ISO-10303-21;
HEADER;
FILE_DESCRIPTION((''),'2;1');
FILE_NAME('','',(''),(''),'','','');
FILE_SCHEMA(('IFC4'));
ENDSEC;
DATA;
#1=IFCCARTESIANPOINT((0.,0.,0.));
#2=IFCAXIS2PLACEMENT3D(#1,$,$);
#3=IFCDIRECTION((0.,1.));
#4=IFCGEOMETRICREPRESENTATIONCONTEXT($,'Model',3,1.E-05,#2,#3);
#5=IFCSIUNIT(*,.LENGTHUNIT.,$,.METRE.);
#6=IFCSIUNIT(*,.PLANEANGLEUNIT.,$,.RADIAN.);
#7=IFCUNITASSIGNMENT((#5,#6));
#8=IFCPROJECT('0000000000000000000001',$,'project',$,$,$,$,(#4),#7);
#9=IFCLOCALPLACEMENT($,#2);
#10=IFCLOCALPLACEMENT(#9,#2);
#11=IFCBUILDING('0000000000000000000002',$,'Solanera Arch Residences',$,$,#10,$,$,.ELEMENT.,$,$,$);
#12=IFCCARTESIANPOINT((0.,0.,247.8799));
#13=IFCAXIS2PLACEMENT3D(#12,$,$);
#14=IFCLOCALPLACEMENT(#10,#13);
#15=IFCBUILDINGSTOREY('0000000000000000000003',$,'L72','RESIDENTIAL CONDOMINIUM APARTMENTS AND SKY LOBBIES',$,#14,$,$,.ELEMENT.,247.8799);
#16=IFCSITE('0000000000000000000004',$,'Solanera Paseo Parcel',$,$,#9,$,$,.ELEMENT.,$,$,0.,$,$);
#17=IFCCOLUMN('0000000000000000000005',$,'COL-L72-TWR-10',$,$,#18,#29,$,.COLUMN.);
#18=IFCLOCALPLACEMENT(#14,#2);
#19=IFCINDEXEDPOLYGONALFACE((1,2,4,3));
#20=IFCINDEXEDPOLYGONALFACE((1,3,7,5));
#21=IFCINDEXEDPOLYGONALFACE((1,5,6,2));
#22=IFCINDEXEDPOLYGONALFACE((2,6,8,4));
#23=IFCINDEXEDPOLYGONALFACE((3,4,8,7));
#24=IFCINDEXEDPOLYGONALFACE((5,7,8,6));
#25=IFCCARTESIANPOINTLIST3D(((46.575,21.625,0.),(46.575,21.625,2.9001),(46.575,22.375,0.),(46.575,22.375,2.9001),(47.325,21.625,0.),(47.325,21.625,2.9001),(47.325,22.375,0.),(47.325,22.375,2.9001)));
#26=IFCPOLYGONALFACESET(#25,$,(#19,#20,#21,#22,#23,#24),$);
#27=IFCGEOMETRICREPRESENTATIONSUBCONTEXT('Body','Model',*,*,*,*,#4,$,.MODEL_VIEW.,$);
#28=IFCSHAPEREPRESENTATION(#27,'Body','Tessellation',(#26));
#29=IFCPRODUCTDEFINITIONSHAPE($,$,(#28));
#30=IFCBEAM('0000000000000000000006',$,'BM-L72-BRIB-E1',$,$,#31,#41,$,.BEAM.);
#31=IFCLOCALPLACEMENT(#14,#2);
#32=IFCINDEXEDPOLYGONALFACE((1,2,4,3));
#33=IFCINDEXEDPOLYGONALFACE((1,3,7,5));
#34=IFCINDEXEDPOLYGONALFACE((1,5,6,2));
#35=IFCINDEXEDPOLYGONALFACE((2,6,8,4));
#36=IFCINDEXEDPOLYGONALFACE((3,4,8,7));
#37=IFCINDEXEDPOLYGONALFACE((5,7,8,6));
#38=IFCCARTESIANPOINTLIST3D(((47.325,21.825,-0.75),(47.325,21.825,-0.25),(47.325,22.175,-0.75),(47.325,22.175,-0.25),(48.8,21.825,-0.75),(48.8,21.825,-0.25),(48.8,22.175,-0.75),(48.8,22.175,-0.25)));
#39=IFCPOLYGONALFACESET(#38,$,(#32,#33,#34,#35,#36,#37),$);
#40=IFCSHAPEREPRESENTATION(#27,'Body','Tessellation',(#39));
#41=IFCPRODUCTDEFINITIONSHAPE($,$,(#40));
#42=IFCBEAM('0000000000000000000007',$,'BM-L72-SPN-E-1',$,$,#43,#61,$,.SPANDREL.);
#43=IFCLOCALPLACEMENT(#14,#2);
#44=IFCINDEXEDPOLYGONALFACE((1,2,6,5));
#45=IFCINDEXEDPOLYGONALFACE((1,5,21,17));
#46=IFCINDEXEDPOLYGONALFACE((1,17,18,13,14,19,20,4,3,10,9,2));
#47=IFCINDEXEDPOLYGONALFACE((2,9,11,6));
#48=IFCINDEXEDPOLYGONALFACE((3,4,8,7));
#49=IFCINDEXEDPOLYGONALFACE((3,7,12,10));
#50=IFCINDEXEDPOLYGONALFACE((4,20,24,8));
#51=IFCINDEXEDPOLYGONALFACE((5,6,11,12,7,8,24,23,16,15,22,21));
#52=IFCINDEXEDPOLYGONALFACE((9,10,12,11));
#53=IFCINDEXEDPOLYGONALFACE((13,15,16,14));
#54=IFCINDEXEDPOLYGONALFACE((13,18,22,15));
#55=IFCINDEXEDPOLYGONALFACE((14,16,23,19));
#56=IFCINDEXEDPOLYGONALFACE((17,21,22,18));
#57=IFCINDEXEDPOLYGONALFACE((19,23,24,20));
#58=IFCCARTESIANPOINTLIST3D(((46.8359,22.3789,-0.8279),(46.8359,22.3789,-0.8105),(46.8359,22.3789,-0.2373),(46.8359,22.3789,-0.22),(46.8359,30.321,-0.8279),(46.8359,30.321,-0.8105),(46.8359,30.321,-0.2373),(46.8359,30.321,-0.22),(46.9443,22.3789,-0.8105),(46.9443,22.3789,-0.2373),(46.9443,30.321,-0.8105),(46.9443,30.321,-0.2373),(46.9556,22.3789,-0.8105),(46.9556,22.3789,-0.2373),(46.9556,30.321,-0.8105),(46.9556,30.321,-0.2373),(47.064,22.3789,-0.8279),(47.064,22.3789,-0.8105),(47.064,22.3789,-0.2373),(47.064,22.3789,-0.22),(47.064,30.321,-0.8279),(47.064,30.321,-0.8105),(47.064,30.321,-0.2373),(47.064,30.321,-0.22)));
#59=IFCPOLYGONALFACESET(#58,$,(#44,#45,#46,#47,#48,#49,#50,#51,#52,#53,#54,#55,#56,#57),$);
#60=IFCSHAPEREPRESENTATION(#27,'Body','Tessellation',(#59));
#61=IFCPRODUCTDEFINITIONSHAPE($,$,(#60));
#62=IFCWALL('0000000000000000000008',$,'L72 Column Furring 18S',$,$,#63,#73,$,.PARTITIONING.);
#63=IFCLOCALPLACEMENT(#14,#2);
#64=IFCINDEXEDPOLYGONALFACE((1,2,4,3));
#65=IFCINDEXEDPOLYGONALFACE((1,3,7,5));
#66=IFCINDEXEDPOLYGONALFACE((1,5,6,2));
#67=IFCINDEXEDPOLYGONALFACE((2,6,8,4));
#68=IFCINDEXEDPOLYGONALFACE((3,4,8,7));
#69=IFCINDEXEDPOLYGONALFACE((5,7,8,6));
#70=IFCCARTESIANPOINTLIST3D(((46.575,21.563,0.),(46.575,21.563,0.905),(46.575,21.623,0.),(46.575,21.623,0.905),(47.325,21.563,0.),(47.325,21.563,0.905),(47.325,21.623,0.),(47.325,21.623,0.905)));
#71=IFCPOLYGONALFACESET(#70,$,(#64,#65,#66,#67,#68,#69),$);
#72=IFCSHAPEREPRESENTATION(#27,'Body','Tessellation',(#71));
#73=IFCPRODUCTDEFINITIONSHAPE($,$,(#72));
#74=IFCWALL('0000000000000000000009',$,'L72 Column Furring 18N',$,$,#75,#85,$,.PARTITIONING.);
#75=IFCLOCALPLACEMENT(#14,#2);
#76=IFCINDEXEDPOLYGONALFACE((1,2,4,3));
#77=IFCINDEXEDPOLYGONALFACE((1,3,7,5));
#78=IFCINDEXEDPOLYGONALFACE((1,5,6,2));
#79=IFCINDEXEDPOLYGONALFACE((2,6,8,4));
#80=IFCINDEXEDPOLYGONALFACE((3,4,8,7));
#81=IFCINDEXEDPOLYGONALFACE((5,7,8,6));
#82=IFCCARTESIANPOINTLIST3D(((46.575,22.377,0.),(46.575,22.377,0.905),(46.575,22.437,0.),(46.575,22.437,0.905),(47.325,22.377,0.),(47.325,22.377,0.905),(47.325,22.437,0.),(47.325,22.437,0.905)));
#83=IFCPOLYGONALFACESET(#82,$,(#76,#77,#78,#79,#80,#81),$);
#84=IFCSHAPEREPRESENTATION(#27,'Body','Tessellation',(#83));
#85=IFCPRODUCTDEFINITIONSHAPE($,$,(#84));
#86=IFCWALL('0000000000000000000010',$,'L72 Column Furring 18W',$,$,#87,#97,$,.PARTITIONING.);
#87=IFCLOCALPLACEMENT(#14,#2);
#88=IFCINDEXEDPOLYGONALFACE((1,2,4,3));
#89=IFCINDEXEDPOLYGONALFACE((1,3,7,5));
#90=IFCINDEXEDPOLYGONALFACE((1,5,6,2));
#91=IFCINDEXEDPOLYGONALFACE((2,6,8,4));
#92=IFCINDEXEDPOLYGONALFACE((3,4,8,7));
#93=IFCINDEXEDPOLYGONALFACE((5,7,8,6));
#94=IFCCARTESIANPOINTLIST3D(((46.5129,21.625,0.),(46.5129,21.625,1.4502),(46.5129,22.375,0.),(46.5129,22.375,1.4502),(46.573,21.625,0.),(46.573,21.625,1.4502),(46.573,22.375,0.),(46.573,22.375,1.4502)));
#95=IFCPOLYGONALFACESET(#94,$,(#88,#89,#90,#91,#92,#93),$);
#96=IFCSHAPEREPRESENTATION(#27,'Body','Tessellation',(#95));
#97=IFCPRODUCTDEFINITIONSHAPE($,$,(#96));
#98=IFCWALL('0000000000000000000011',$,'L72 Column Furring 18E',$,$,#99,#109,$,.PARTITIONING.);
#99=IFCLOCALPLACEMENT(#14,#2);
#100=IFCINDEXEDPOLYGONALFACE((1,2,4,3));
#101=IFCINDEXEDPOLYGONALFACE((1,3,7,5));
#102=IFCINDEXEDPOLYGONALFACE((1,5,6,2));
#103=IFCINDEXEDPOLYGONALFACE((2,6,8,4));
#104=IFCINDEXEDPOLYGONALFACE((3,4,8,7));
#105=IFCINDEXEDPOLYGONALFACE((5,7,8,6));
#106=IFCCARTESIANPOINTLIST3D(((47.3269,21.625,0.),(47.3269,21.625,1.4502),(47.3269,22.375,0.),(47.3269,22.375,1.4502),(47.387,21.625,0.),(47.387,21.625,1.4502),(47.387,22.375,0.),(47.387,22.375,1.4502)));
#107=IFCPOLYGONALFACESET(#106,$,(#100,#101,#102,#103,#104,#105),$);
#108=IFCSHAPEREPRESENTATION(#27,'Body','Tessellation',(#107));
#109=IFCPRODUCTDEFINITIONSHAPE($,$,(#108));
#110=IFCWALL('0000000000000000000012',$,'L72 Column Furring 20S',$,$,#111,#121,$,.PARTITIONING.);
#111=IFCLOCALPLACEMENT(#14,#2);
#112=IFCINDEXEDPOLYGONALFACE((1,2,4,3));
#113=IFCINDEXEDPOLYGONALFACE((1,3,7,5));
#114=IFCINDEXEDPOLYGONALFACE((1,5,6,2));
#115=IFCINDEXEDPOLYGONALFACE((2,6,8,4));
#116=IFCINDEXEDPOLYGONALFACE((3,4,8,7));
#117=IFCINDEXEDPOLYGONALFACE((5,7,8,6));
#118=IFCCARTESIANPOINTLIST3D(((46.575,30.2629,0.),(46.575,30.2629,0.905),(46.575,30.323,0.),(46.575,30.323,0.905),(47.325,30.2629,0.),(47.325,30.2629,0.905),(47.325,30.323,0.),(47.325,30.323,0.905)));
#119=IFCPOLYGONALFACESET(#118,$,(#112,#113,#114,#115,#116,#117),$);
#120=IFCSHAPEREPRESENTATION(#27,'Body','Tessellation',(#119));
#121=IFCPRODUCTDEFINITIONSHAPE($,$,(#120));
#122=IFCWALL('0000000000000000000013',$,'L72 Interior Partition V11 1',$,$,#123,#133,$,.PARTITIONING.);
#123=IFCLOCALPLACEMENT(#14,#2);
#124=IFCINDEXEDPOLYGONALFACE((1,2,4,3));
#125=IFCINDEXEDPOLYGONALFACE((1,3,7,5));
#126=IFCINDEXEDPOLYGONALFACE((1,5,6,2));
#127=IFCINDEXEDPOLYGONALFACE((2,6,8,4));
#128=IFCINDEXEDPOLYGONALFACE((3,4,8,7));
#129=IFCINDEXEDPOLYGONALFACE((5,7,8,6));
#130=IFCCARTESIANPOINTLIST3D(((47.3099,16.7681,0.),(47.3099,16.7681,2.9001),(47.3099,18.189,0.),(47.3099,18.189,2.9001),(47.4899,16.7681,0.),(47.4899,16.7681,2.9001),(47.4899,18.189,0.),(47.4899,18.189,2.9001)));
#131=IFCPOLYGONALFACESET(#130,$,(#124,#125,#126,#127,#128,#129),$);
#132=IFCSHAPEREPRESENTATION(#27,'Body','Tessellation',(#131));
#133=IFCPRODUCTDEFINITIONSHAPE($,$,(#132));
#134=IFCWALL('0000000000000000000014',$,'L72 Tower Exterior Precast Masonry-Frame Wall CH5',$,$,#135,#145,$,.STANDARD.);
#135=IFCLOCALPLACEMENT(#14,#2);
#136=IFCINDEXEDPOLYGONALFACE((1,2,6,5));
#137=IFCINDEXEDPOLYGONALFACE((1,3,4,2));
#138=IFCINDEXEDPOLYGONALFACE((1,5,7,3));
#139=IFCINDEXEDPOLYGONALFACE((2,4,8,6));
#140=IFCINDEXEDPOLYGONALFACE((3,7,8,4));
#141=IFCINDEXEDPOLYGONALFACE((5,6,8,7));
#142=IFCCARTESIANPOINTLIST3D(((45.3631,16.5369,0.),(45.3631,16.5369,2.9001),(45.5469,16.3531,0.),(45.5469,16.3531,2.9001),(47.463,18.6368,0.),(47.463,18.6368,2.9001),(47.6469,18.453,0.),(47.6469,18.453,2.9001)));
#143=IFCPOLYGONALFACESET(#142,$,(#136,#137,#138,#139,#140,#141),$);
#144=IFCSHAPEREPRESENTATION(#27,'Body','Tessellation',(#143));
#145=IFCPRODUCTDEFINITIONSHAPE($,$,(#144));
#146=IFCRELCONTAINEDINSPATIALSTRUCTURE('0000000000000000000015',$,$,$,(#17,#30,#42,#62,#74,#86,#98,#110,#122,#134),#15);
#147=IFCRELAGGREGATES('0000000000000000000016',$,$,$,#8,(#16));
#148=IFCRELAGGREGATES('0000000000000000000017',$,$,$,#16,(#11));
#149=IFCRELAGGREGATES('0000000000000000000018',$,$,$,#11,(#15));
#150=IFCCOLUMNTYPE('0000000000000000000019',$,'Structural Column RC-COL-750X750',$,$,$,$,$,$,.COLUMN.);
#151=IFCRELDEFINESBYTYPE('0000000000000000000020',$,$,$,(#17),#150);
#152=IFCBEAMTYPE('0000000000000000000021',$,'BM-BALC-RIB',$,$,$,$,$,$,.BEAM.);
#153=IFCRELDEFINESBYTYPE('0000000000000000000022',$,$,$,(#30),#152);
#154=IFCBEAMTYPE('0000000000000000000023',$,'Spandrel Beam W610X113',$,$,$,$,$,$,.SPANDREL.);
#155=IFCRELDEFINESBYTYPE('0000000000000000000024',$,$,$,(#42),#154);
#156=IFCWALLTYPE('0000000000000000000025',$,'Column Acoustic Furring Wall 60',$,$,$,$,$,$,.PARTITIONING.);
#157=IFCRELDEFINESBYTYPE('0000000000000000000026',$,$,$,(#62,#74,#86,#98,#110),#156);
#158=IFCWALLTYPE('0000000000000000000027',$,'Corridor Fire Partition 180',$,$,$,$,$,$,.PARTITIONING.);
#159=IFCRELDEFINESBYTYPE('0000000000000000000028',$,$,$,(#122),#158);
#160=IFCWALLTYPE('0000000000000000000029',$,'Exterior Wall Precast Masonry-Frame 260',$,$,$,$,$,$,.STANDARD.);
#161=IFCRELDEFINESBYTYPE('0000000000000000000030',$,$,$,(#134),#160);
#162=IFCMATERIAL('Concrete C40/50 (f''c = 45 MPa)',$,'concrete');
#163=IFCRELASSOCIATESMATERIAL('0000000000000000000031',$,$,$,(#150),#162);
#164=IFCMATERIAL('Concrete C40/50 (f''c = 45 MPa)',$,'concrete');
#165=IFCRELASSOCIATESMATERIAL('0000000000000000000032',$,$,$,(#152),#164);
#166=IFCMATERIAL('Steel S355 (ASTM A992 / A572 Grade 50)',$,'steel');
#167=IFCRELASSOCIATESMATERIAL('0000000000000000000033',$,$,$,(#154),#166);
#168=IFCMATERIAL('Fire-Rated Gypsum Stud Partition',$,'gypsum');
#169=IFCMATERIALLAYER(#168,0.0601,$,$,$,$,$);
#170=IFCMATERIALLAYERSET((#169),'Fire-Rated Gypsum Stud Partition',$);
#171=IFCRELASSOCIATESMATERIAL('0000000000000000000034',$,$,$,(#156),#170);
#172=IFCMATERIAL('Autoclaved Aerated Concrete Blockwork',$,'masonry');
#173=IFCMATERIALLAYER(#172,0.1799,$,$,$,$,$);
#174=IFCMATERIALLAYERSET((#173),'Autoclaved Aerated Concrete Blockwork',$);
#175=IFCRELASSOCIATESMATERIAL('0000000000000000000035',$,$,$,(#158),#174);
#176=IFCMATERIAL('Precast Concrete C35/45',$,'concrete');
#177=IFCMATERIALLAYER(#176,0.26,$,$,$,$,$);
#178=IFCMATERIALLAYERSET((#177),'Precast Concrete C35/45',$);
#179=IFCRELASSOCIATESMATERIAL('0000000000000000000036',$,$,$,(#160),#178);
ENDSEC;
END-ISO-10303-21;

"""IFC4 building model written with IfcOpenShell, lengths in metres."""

from ifc_helpers import new_model, si_unit, direction, frame, frame_2d, origin, origin_2d, place, context, subcontext, project, spatial, rectangle, i_section, extrude, material, layer, layer_set, material_profile, profile_set, type_object, element, save


model = new_model("IFC4")

# Units and contexts
model_context = context("Model", 3, precision=1e-05, world=origin(), true_north=direction((0.0, 1.0)))
body_context = subcontext(model_context, "Body", "Model", "MODEL_VIEW")
ifc_project = project(units=[si_unit("LENGTHUNIT", "METRE"), si_unit("PLANEANGLEUNIT", "RADIAN")], contexts=[model_context])

# Site, building, storey
site_placement = place(None, origin())
site = spatial("IfcSite", under=ifc_project, at=site_placement, Name="Solanera Paseo Parcel", CompositionType="ELEMENT", RefElevation=0.0)
building_placement = place(site_placement, origin())
building = spatial("IfcBuilding", under=site, at=building_placement, Name="Solanera Arch Residences", CompositionType="ELEMENT")
storey_placement = place(building_placement, frame((0.0, 0.0, 247.8799)))
storey = spatial("IfcBuildingStorey", under=building, at=storey_placement, Name="L72", Description="RESIDENTIAL CONDOMINIUM APARTMENTS AND SKY LOBBIES", CompositionType="ELEMENT", Elevation=247.8799)

# Column
ifc_material_1 = material(Name="Concrete C40/50 (f'c = 45 MPa)", Category="concrete")
ifc_material_profile_1 = material_profile(ifc_material_1, rectangle(XDim=0.75, YDim=0.75, at=origin_2d()))
ifc_profile_set_1 = profile_set([ifc_material_profile_1], Name="Concrete C40/50 (f'c = 45 MPa)")
column_type = type_object("IfcColumnType", Name="Structural Column RC-COL-750X750", PredefinedType="COLUMN", material=ifc_profile_set_1)
column_placement = place(storey_placement, frame((46.95, 22.0, 0.0), z_axis=(0.0, 0.0, 1.0), x_axis=(1.0, 0.0, 0.0)))
element("IfcColumn", 1, at=column_placement, inside=storey, type_object=column_type, Name="COL-L72-TWR-10", PredefinedType="COLUMN", context=body_context, shape_type="SweptSolid", body=[
    extrude(rectangle(XDim=0.75, YDim=0.75, at=origin_2d()), origin(), (0.0, 0.0, 1.0), 2.9001),
])

# Beams
ifc_material_2 = material(Name="Concrete C40/50 (f'c = 45 MPa)", Category="concrete")
ifc_material_profile_2 = material_profile(ifc_material_2, rectangle(XDim=0.3501, YDim=0.5, at=origin_2d()))
ifc_profile_set_2 = profile_set([ifc_material_profile_2], Name="Concrete C40/50 (f'c = 45 MPa)")
beam_type_1 = type_object("IfcBeamType", Name="BM-BALC-RIB", PredefinedType="BEAM", material=ifc_profile_set_2)
beam_1_placement = place(storey_placement, frame((47.325, 22.0, -0.5), z_axis=(1.0, 0.0, 0.0), x_axis=(0.0, 1.0, 0.0)))
element("IfcBeam", 2, at=beam_1_placement, inside=storey, type_object=beam_type_1, Name="BM-L72-BRIB-E1", PredefinedType="BEAM", context=body_context, shape_type="SweptSolid", body=[
    extrude(rectangle(XDim=0.3501, YDim=0.5, at=origin_2d()), origin(), (0.0, 0.0, 1.0), 1.4751),
])
ifc_material_3 = material(Name="Steel S355 (ASTM A992 / A572 Grade 50)", Category="steel")
ifc_material_profile_3 = material_profile(ifc_material_3, i_section(OverallWidth=0.228, OverallDepth=0.6079, WebThickness=0.0112, FlangeThickness=0.0173, at=origin_2d()))
ifc_profile_set_3 = profile_set([ifc_material_profile_3], Name="Steel S355 (ASTM A992 / A572 Grade 50)")
beam_type_2 = type_object("IfcBeamType", Name="Spandrel Beam W610X113", PredefinedType="SPANDREL", material=ifc_profile_set_3)
beam_2_placement = place(storey_placement, frame((46.95, 22.3789, -0.5239), z_axis=(0.0, 1.0, 0.0), x_axis=(-1.0, 0.0, 0.0)))
element("IfcBeam", 3, at=beam_2_placement, inside=storey, type_object=beam_type_2, Name="BM-L72-SPN-E-1", PredefinedType="SPANDREL", context=body_context, shape_type="SweptSolid", body=[
    extrude(i_section(OverallWidth=0.228, OverallDepth=0.6079, WebThickness=0.0112, FlangeThickness=0.0173, at=origin_2d()), origin(), (0.0, 0.0, 1.0), 7.9421),
])

# Walls
ifc_material_4 = material(Name="Fire-Rated Gypsum Stud Partition", Category="gypsum")
ifc_layer_1 = layer(ifc_material_4, 0.0601)
ifc_layer_set_1 = layer_set([ifc_layer_1], Name="Fire-Rated Gypsum Stud Partition")
wall_type_1 = type_object("IfcWallType", Name="Column Acoustic Furring Wall 60", PredefinedType="PARTITIONING", material=ifc_layer_set_1)
for number, where, z_axis, x_axis, name in (
    (4, (46.575, 21.593, 0.0), (0.0, 0.0, 1.0), (1.0, 0.0, 0.0), "L72 Column Furring 18S"),
    (5, (46.575, 22.407, 0.0), (0.0, 0.0, 1.0), (1.0, 0.0, 0.0), "L72 Column Furring 18N"),
):
    element("IfcWall", number, at=place(storey_placement, frame(where, z_axis=z_axis, x_axis=x_axis)), inside=storey, type_object=wall_type_1, Name=name, PredefinedType="PARTITIONING", context=body_context, shape_type="SweptSolid", body=[
        extrude(rectangle(XDim=0.75, YDim=0.0601, at=frame_2d((0.375, 0.0))), origin(), (0.0, 0.0, 1.0), 0.905),
    ])
for number, where, z_axis, x_axis, name in (
    (6, (46.543, 21.625, 0.0), (0.0, 0.0, 1.0), (0.0, 1.0, 0.0), "L72 Column Furring 18W"),
    (7, (47.3569, 21.625, 0.0), (0.0, 0.0, 1.0), (0.0, 1.0, 0.0), "L72 Column Furring 18E"),
):
    element("IfcWall", number, at=place(storey_placement, frame(where, z_axis=z_axis, x_axis=x_axis)), inside=storey, type_object=wall_type_1, Name=name, PredefinedType="PARTITIONING", context=body_context, shape_type="SweptSolid", body=[
        extrude(rectangle(XDim=0.75, YDim=0.0601, at=frame_2d((0.375, 0.0))), origin(), (0.0, 0.0, 1.0), 1.4502),
    ])
wall_1_placement = place(storey_placement, frame((46.575, 30.293, 0.0), z_axis=(0.0, 0.0, 1.0), x_axis=(1.0, 0.0, 0.0)))
element("IfcWall", 8, at=wall_1_placement, inside=storey, type_object=wall_type_1, Name="L72 Column Furring 20S", PredefinedType="PARTITIONING", context=body_context, shape_type="SweptSolid", body=[
    extrude(rectangle(XDim=0.75, YDim=0.0601, at=frame_2d((0.375, 0.0))), origin(), (0.0, 0.0, 1.0), 0.905),
])
ifc_material_5 = material(Name="Autoclaved Aerated Concrete Blockwork", Category="masonry")
ifc_layer_2 = layer(ifc_material_5, 0.1799)
ifc_layer_set_2 = layer_set([ifc_layer_2], Name="Autoclaved Aerated Concrete Blockwork")
wall_type_2 = type_object("IfcWallType", Name="Corridor Fire Partition 180", PredefinedType="PARTITIONING", material=ifc_layer_set_2)
wall_2_placement = place(storey_placement, frame((47.3999, 16.7681, 0.0), z_axis=(0.0, 0.0, 1.0), x_axis=(0.0, 1.0, 0.0)))
element("IfcWall", 9, at=wall_2_placement, inside=storey, type_object=wall_type_2, Name="L72 Interior Partition V11 1", PredefinedType="PARTITIONING", context=body_context, shape_type="SweptSolid", body=[
    extrude(rectangle(XDim=1.4209, YDim=0.1799, at=frame_2d((0.7104, 0.0))), origin(), (0.0, 0.0, 1.0), 2.9001),
])
ifc_material_6 = material(Name="Precast Concrete C35/45", Category="concrete")
ifc_layer_3 = layer(ifc_material_6, 0.26)
ifc_layer_set_3 = layer_set([ifc_layer_3], Name="Precast Concrete C35/45")
wall_type_3 = type_object("IfcWallType", Name="Exterior Wall Precast Masonry-Frame 260", PredefinedType="STANDARD", material=ifc_layer_set_3)
wall_3_placement = place(storey_placement, frame((47.5549, 18.5449, 0.0), z_axis=(0.0, 0.0, 1.0), x_axis=(-0.707107, -0.707107, 0.0)))
element("IfcWall", 10, at=wall_3_placement, inside=storey, type_object=wall_type_3, Name="L72 Tower Exterior Precast Masonry-Frame Wall CH5", PredefinedType="STANDARD", context=body_context, shape_type="SweptSolid", body=[
    extrude(rectangle(XDim=2.9697, YDim=0.26, at=frame_2d((1.4849, 0.0))), origin(), (0.0, 0.0, 1.0), 2.9001),
])

save(model, "model.ifc")
